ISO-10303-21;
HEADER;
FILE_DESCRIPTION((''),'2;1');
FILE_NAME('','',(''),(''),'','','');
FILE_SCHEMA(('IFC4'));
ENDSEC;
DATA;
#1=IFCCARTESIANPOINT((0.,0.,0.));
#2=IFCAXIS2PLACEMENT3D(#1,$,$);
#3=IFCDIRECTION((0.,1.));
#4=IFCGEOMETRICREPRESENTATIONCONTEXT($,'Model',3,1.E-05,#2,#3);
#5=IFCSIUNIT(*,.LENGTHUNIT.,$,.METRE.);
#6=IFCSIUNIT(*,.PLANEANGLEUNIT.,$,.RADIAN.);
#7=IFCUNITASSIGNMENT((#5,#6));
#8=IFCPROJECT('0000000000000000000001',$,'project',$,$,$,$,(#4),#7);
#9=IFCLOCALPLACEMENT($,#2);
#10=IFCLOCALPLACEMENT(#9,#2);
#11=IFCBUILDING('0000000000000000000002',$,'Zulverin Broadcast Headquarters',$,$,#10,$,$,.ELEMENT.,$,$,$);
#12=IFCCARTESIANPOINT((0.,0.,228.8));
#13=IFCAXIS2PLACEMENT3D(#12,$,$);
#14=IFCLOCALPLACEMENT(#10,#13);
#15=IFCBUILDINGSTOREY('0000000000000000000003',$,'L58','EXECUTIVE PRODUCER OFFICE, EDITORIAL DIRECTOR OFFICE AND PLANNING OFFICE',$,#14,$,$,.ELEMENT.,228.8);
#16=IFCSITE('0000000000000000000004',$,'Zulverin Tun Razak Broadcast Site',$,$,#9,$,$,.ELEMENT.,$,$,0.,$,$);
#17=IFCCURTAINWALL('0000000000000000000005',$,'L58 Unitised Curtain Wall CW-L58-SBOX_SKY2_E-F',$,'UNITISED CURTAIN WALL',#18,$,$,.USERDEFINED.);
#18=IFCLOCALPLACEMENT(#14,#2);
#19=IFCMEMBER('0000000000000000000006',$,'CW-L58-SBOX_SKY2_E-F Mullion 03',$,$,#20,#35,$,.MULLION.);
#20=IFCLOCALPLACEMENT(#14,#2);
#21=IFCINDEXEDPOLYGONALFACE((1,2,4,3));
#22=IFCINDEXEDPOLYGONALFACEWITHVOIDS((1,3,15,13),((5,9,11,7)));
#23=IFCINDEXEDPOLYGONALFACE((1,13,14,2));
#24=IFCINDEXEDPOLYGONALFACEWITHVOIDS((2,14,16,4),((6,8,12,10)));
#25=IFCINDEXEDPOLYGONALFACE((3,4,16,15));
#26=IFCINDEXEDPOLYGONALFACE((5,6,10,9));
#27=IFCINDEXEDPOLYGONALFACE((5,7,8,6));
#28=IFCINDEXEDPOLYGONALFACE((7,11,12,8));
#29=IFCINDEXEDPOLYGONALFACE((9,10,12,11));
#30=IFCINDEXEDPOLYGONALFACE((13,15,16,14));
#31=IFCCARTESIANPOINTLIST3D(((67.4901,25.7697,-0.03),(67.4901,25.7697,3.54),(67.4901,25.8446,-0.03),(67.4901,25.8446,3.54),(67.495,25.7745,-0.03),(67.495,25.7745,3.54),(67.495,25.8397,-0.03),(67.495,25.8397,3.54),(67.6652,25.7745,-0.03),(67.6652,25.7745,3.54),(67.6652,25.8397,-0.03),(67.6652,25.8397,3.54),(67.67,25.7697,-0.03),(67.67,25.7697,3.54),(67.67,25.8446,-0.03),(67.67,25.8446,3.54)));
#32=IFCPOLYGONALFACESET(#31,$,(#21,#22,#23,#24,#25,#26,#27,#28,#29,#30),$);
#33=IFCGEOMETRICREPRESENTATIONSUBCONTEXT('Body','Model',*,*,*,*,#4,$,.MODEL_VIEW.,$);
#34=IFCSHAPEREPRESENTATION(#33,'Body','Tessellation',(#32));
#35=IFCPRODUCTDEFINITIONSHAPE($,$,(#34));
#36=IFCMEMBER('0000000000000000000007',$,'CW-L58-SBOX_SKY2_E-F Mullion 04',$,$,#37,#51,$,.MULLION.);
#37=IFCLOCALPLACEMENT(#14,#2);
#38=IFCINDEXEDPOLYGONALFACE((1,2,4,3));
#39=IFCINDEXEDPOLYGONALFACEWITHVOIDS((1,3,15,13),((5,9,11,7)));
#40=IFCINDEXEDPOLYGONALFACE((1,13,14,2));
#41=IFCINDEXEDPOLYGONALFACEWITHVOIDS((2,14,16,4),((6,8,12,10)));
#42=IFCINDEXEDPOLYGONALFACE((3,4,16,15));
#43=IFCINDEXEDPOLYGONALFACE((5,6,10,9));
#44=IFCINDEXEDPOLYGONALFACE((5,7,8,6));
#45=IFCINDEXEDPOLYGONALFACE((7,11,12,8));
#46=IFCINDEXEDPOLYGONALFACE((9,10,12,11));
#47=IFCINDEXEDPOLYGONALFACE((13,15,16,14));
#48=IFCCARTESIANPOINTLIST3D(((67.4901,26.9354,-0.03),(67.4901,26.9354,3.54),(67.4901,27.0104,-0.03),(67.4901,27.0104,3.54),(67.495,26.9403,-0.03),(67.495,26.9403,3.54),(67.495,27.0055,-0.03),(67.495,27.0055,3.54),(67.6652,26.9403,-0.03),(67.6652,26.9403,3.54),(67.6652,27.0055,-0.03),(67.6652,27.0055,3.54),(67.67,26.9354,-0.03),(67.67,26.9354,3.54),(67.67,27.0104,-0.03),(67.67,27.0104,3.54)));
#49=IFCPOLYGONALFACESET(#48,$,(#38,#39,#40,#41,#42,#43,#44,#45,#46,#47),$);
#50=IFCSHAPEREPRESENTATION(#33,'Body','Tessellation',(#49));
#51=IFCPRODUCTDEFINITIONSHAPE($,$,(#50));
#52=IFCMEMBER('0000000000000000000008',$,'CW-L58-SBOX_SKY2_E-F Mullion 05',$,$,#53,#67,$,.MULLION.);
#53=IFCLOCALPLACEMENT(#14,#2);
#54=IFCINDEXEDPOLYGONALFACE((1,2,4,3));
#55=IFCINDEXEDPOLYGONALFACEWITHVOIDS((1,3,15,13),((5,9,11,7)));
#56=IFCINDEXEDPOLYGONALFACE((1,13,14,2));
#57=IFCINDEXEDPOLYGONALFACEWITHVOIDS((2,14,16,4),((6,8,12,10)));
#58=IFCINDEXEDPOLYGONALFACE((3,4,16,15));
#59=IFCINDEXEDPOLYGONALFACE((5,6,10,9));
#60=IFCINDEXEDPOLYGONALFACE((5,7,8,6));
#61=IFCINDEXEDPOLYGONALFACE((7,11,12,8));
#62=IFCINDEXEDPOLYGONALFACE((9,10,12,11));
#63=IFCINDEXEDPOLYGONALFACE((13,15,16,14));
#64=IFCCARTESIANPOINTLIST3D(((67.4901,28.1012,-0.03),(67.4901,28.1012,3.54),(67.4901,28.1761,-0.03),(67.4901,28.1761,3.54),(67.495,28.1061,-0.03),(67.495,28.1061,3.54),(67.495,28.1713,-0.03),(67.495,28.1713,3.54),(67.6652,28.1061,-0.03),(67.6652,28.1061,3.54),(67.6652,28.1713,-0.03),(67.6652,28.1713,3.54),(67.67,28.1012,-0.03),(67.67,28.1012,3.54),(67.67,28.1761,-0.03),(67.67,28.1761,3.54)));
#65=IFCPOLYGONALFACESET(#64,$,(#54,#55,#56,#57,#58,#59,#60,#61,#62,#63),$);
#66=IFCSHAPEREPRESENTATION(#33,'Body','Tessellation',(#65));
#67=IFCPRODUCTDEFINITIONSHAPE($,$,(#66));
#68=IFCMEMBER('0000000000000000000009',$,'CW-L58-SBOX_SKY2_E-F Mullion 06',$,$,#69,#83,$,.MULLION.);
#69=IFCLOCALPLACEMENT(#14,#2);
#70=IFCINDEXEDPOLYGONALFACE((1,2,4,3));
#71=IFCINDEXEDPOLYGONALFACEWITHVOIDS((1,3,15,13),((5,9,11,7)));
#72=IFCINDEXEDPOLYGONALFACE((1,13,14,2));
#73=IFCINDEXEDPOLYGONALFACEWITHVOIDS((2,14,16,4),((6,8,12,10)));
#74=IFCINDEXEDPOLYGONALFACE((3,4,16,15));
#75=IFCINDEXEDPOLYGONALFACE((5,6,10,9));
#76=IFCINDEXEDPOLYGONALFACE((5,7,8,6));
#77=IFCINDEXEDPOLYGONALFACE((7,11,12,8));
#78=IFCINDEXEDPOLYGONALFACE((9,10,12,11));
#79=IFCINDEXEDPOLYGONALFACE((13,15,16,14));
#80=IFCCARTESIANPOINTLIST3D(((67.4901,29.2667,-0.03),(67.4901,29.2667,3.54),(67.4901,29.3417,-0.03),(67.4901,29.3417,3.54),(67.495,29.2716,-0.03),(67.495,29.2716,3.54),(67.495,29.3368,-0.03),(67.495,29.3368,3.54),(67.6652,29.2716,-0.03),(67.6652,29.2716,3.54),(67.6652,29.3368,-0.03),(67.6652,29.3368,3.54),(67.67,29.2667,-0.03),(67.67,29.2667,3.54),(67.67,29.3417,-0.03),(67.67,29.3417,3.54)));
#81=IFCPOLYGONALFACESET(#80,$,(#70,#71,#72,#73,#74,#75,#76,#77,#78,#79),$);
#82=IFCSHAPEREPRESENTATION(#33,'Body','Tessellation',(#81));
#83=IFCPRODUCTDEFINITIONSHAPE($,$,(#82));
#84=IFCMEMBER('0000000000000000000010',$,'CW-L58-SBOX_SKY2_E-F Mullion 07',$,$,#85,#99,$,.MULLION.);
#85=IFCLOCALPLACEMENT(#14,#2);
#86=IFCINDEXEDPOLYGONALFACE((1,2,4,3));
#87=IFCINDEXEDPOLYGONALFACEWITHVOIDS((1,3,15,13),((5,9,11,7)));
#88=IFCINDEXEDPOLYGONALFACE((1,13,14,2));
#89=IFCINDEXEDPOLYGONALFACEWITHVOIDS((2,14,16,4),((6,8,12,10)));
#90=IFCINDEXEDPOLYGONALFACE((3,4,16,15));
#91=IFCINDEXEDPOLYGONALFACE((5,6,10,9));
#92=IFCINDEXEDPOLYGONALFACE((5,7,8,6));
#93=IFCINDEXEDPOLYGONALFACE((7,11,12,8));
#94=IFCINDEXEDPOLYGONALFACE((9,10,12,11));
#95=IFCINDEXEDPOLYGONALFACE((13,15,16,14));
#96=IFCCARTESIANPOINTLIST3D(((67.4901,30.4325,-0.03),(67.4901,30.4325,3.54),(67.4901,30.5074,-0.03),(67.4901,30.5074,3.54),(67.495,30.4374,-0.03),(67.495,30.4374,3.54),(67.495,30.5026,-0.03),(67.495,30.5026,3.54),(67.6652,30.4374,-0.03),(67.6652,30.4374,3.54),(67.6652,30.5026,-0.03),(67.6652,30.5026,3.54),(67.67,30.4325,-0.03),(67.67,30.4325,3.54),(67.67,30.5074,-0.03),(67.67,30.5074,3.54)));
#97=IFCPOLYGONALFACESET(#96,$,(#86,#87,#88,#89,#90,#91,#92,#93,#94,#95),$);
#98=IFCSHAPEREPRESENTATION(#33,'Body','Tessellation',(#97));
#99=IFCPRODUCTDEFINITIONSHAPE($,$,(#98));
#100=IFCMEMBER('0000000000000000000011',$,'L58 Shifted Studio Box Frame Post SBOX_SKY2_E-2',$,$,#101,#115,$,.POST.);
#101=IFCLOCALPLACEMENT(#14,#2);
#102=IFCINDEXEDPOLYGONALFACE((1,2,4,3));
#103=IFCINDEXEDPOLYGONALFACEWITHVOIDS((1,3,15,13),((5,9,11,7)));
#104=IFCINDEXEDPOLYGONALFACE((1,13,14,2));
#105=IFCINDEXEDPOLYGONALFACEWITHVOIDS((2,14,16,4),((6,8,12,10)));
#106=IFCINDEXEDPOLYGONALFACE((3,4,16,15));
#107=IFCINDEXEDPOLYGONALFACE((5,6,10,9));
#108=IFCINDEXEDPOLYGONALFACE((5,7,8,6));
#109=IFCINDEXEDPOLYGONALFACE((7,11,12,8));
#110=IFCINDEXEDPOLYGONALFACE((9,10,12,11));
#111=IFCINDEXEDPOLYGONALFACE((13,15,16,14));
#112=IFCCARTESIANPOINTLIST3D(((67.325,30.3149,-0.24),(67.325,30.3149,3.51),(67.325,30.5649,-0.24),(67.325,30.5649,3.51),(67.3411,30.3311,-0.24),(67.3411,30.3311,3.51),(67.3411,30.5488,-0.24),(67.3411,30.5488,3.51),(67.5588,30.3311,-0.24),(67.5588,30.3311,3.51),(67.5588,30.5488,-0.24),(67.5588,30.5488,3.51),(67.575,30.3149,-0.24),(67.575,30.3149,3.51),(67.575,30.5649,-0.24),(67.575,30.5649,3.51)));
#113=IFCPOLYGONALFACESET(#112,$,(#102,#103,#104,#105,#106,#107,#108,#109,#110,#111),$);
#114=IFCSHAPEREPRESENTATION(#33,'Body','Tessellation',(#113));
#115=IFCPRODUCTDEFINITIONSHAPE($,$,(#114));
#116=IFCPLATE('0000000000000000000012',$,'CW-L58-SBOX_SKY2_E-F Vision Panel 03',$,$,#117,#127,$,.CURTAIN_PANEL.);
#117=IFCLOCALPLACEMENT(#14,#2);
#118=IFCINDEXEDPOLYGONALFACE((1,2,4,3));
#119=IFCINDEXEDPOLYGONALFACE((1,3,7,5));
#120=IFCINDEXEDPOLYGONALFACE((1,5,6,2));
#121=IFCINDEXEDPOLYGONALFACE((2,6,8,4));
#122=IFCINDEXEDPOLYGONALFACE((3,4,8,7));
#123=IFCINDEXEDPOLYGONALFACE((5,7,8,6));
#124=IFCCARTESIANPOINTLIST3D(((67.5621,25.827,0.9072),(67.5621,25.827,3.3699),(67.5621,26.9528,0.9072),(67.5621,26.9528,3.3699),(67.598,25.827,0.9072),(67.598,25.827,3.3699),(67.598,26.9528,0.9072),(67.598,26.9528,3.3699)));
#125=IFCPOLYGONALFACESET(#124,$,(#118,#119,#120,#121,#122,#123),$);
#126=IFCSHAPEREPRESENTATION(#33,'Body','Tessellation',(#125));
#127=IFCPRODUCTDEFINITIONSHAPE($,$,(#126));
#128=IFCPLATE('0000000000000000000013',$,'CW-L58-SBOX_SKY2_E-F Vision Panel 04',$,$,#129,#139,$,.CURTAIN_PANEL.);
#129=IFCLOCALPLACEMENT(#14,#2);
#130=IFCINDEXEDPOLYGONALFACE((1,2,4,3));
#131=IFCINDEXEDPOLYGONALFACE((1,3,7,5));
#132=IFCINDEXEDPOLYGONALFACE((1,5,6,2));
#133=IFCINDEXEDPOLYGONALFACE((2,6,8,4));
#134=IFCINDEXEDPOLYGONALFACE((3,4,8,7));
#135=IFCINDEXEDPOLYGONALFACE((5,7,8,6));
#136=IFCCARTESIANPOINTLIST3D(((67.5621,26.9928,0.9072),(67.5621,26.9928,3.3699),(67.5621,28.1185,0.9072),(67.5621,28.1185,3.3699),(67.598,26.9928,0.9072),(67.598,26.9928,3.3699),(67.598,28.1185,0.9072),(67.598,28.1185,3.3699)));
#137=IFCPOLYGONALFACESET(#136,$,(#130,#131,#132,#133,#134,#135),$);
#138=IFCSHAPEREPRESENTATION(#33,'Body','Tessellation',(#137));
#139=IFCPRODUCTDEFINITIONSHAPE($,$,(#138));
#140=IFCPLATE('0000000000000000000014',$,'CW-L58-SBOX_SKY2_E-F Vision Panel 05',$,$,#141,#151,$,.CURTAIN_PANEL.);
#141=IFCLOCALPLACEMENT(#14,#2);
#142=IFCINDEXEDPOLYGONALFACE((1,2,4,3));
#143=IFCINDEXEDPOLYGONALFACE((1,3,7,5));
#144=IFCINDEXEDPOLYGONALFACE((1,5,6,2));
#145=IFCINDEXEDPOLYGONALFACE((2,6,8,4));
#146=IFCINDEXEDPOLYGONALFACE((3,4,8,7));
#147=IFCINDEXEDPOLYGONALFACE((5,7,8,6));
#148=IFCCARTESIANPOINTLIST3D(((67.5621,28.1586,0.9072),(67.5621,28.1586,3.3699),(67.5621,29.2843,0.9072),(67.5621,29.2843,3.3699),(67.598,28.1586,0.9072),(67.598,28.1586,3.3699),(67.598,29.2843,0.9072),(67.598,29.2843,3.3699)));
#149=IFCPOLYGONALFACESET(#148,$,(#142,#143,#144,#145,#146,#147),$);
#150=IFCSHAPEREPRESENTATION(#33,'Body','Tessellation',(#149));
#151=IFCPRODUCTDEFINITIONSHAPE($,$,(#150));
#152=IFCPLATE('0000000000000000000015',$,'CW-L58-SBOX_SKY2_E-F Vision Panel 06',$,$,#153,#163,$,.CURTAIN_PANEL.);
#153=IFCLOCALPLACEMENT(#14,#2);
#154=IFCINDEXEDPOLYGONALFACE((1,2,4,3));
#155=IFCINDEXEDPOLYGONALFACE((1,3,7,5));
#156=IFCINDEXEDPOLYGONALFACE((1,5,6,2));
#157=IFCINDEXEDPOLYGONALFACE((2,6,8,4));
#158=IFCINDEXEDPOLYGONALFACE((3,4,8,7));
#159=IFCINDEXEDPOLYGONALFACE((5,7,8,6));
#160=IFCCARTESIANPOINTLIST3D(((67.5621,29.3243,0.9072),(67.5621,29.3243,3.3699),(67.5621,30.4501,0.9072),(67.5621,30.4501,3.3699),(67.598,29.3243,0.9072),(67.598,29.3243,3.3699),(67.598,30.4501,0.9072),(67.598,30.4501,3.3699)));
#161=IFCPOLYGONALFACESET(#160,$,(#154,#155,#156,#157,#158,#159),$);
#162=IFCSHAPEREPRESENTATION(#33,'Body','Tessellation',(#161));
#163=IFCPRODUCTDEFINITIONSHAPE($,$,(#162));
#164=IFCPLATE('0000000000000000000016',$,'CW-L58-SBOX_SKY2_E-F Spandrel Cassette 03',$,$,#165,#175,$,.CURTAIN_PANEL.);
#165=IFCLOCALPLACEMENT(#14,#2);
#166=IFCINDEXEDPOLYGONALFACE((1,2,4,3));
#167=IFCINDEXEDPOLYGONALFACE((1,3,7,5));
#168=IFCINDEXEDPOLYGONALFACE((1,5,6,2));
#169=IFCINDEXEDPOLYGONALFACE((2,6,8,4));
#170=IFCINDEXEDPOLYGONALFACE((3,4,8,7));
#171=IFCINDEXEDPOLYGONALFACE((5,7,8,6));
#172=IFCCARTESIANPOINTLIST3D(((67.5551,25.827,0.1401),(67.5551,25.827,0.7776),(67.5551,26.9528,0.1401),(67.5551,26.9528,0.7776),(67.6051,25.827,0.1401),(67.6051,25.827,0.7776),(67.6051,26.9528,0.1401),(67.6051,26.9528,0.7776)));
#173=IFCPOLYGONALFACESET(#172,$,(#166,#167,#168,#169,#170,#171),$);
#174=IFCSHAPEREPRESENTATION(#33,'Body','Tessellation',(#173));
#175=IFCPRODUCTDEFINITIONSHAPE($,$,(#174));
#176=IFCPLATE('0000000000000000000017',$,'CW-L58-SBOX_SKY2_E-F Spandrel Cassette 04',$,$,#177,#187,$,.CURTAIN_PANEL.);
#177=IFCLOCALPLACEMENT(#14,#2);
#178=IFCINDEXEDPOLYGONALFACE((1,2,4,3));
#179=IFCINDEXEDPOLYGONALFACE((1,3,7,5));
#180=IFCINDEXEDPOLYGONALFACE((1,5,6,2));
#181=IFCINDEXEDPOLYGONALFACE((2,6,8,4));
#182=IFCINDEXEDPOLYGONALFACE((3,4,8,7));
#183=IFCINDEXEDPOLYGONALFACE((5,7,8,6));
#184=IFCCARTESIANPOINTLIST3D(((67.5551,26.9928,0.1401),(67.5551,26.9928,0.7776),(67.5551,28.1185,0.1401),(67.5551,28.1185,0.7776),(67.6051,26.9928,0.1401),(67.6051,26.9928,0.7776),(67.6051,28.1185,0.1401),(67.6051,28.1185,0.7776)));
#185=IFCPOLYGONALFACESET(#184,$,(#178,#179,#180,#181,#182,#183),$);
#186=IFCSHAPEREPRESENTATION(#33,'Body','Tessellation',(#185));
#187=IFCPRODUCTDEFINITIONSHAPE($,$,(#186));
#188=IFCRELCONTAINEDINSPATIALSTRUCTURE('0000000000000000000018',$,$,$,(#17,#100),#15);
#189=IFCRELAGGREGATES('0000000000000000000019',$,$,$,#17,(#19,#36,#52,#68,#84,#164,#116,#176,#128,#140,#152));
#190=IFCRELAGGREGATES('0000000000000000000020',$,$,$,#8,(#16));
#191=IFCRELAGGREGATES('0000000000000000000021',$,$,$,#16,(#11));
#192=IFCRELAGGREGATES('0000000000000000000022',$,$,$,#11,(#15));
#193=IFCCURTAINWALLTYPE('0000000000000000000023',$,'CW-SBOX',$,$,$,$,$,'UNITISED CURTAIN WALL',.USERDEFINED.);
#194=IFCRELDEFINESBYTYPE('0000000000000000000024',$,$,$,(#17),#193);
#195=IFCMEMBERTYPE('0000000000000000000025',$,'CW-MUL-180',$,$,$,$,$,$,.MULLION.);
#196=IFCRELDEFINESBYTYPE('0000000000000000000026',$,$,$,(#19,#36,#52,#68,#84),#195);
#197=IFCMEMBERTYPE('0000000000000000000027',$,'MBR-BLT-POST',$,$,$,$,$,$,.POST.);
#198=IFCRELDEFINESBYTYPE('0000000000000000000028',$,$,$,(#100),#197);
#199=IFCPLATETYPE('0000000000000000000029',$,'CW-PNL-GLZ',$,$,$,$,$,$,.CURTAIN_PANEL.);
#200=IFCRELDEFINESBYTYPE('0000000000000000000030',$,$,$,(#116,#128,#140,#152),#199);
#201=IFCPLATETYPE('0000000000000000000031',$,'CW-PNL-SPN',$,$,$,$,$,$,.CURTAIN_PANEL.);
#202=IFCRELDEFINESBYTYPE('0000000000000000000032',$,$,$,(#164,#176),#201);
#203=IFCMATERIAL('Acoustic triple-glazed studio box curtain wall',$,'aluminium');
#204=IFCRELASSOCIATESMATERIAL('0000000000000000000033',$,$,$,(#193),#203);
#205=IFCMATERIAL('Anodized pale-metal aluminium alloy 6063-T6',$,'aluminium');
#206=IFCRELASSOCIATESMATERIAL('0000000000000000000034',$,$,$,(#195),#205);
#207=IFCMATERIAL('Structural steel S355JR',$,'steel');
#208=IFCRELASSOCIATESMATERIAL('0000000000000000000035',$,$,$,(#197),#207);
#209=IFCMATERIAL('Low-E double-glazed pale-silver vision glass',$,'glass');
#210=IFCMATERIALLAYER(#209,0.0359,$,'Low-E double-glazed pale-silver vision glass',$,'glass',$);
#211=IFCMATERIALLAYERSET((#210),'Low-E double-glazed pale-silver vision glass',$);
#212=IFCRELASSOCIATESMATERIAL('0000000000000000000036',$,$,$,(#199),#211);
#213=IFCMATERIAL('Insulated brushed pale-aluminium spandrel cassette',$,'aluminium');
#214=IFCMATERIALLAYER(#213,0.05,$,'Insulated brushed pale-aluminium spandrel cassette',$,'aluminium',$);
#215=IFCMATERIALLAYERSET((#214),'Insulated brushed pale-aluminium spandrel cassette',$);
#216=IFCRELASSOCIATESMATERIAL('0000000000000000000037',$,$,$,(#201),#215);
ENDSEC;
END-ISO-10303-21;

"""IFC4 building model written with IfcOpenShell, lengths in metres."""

from ifc_helpers import new_model, si_unit, direction, frame, origin, origin_2d, place, context, subcontext, project, spatial, rectangle, hollow_rectangle, extrude, material, layer, layer_set, material_profile, profile_set, type_object, element, aggregate, save


model = new_model("IFC4")

# Units and contexts
model_context = context("Model", 3, precision=1e-05, world=origin(), true_north=direction((0.0, 1.0)))
body_context = subcontext(model_context, "Body", "Model", "MODEL_VIEW")
ifc_project = project(units=[si_unit("LENGTHUNIT", "METRE"), si_unit("PLANEANGLEUNIT", "RADIAN")], contexts=[model_context])

# Site, building, storey
site_placement = place(None, origin())
site = spatial("IfcSite", under=ifc_project, at=site_placement, Name="Zulverin Tun Razak Broadcast Site", CompositionType="ELEMENT", RefElevation=0.0)
building_placement = place(site_placement, origin())
building = spatial("IfcBuilding", under=site, at=building_placement, Name="Zulverin Broadcast Headquarters", CompositionType="ELEMENT")
storey_placement = place(building_placement, frame((0.0, 0.0, 228.8)))
storey = spatial("IfcBuildingStorey", under=building, at=storey_placement, Name="L58", Description="EXECUTIVE PRODUCER OFFICE, EDITORIAL DIRECTOR OFFICE AND PLANNING OFFICE", CompositionType="ELEMENT", Elevation=228.8)

# Curtain wall, members
ifc_material_1 = material(Name="Acoustic triple-glazed studio box curtain wall", Category="aluminium")
curtain_wall_type = type_object("IfcCurtainWallType", Name="CW-SBOX", ElementType="UNITISED CURTAIN WALL", PredefinedType="USERDEFINED", material=ifc_material_1)
curtain_wall_placement = place(storey_placement, origin())
curtain_wall = element("IfcCurtainWall", 1, at=curtain_wall_placement, inside=storey, type_object=curtain_wall_type, Name="L58 Unitised Curtain Wall CW-L58-SBOX_SKY2_E-F", ObjectType="UNITISED CURTAIN WALL", PredefinedType="USERDEFINED")
ifc_material_2 = material(Name="Anodized pale-metal aluminium alloy 6063-T6", Category="aluminium")
ifc_material_profile_1 = material_profile(ifc_material_2, hollow_rectangle(XDim=0.075, YDim=0.1799, WallThickness=0.0049, at=origin_2d()), Name="Anodized pale-metal aluminium alloy 6063-T6", Category="aluminium")
ifc_profile_set_1 = profile_set([ifc_material_profile_1], Name="Anodized pale-metal aluminium alloy 6063-T6")
member_type_1 = type_object("IfcMemberType", Name="CW-MUL-180", PredefinedType="MULLION", material=ifc_profile_set_1)
member_1_placement = place(storey_placement, frame((67.5801, 25.8071, -0.03), z_axis=(0.0, 0.0, 1.0), x_axis=(0.0, 1.0, 0.0)))
member_1 = element("IfcMember", 2, at=member_1_placement, type_object=member_type_1, Name="CW-L58-SBOX_SKY2_E-F Mullion 03", PredefinedType="MULLION", context=body_context, shape_type="SweptSolid", body=[
    extrude(hollow_rectangle(XDim=0.075, YDim=0.1799, WallThickness=0.0049, at=origin_2d()), origin(), (0.0, 0.0, 1.0), 3.5701),
])
member_2_placement = place(storey_placement, frame((67.5801, 26.9729, -0.03), z_axis=(0.0, 0.0, 1.0), x_axis=(0.0, 1.0, 0.0)))
member_2 = element("IfcMember", 3, at=member_2_placement, type_object=member_type_1, Name="CW-L58-SBOX_SKY2_E-F Mullion 04", PredefinedType="MULLION", context=body_context, shape_type="SweptSolid", body=[
    extrude(hollow_rectangle(XDim=0.075, YDim=0.1799, WallThickness=0.0049, at=origin_2d()), origin(), (0.0, 0.0, 1.0), 3.5701),
])
member_3_placement = place(storey_placement, frame((67.5801, 28.1387, -0.03), z_axis=(0.0, 0.0, 1.0), x_axis=(0.0, 1.0, 0.0)))
member_3 = element("IfcMember", 4, at=member_3_placement, type_object=member_type_1, Name="CW-L58-SBOX_SKY2_E-F Mullion 05", PredefinedType="MULLION", context=body_context, shape_type="SweptSolid", body=[
    extrude(hollow_rectangle(XDim=0.075, YDim=0.1799, WallThickness=0.0049, at=origin_2d()), origin(), (0.0, 0.0, 1.0), 3.5701),
])
member_4_placement = place(storey_placement, frame((67.5801, 29.3042, -0.03), z_axis=(0.0, 0.0, 1.0), x_axis=(0.0, 1.0, 0.0)))
member_4 = element("IfcMember", 5, at=member_4_placement, type_object=member_type_1, Name="CW-L58-SBOX_SKY2_E-F Mullion 06", PredefinedType="MULLION", context=body_context, shape_type="SweptSolid", body=[
    extrude(hollow_rectangle(XDim=0.075, YDim=0.1799, WallThickness=0.0049, at=origin_2d()), origin(), (0.0, 0.0, 1.0), 3.5701),
])
member_5_placement = place(storey_placement, frame((67.5801, 30.47, -0.03), z_axis=(0.0, 0.0, 1.0), x_axis=(0.0, 1.0, 0.0)))
member_5 = element("IfcMember", 6, at=member_5_placement, type_object=member_type_1, Name="CW-L58-SBOX_SKY2_E-F Mullion 07", PredefinedType="MULLION", context=body_context, shape_type="SweptSolid", body=[
    extrude(hollow_rectangle(XDim=0.075, YDim=0.1799, WallThickness=0.0049, at=origin_2d()), origin(), (0.0, 0.0, 1.0), 3.5701),
])

# Member
ifc_material_3 = material(Name="Structural steel S355JR", Category="steel")
ifc_material_profile_2 = material_profile(ifc_material_3, hollow_rectangle(XDim=0.25, YDim=0.25, WallThickness=0.0161, at=origin_2d()), Name="Structural steel S355JR", Category="steel")
ifc_profile_set_2 = profile_set([ifc_material_profile_2], Name="Structural steel S355JR")
member_type_2 = type_object("IfcMemberType", Name="MBR-BLT-POST", PredefinedType="POST", material=ifc_profile_set_2)
member_6_placement = place(storey_placement, frame((67.45, 30.4399, -0.24), z_axis=(0.0, 0.0, 1.0), x_axis=(1.0, 0.0, 0.0)))
element("IfcMember", 7, at=member_6_placement, inside=storey, type_object=member_type_2, Name="L58 Shifted Studio Box Frame Post SBOX_SKY2_E-2", PredefinedType="POST", context=body_context, shape_type="SweptSolid", body=[
    extrude(hollow_rectangle(XDim=0.25, YDim=0.25, WallThickness=0.0161, at=origin_2d()), origin(), (0.0, 0.0, 1.0), 3.75),
])

# Plates
ifc_material_4 = material(Name="Low-E double-glazed pale-silver vision glass", Category="glass")
ifc_layer_1 = layer(ifc_material_4, 0.0359, Name="Low-E double-glazed pale-silver vision glass", Category="glass")
ifc_layer_set_1 = layer_set([ifc_layer_1], Name="Low-E double-glazed pale-silver vision glass")
plate_type_1 = type_object("IfcPlateType", Name="CW-PNL-GLZ", PredefinedType="CURTAIN_PANEL", material=ifc_layer_set_1)
plate_1_placement = place(storey_placement, frame((67.5801, 26.3899, 0.9072), z_axis=(0.0, 0.0, 1.0), x_axis=(0.0, 1.0, 0.0)))
plate_1 = element("IfcPlate", 8, at=plate_1_placement, type_object=plate_type_1, Name="CW-L58-SBOX_SKY2_E-F Vision Panel 03", PredefinedType="CURTAIN_PANEL", context=body_context, shape_type="SweptSolid", body=[
    extrude(rectangle(XDim=1.1257, YDim=0.0359, at=origin_2d()), origin(), (0.0, 0.0, 1.0), 2.4626),
])
plate_2_placement = place(storey_placement, frame((67.5801, 27.5557, 0.9072), z_axis=(0.0, 0.0, 1.0), x_axis=(0.0, 1.0, 0.0)))
plate_2 = element("IfcPlate", 9, at=plate_2_placement, type_object=plate_type_1, Name="CW-L58-SBOX_SKY2_E-F Vision Panel 04", PredefinedType="CURTAIN_PANEL", context=body_context, shape_type="SweptSolid", body=[
    extrude(rectangle(XDim=1.1257, YDim=0.0359, at=origin_2d()), origin(), (0.0, 0.0, 1.0), 2.4626),
])
plate_3_placement = place(storey_placement, frame((67.5801, 28.7214, 0.9072), z_axis=(0.0, 0.0, 1.0), x_axis=(0.0, 1.0, 0.0)))
plate_3 = element("IfcPlate", 10, at=plate_3_placement, type_object=plate_type_1, Name="CW-L58-SBOX_SKY2_E-F Vision Panel 05", PredefinedType="CURTAIN_PANEL", context=body_context, shape_type="SweptSolid", body=[
    extrude(rectangle(XDim=1.1257, YDim=0.0359, at=origin_2d()), origin(), (0.0, 0.0, 1.0), 2.4626),
])
plate_4_placement = place(storey_placement, frame((67.5801, 29.8872, 0.9072), z_axis=(0.0, 0.0, 1.0), x_axis=(0.0, 1.0, 0.0)))
plate_4 = element("IfcPlate", 11, at=plate_4_placement, type_object=plate_type_1, Name="CW-L58-SBOX_SKY2_E-F Vision Panel 06", PredefinedType="CURTAIN_PANEL", context=body_context, shape_type="SweptSolid", body=[
    extrude(rectangle(XDim=1.1257, YDim=0.0359, at=origin_2d()), origin(), (0.0, 0.0, 1.0), 2.4626),
])
ifc_material_5 = material(Name="Insulated brushed pale-aluminium spandrel cassette", Category="aluminium")
ifc_layer_2 = layer(ifc_material_5, 0.05, Name="Insulated brushed pale-aluminium spandrel cassette", Category="aluminium")
ifc_layer_set_2 = layer_set([ifc_layer_2], Name="Insulated brushed pale-aluminium spandrel cassette")
plate_type_2 = type_object("IfcPlateType", Name="CW-PNL-SPN", PredefinedType="CURTAIN_PANEL", material=ifc_layer_set_2)
plate_5_placement = place(storey_placement, frame((67.5801, 26.3899, 0.1401), z_axis=(0.0, 0.0, 1.0), x_axis=(0.0, 1.0, 0.0)))
plate_5 = element("IfcPlate", 12, at=plate_5_placement, type_object=plate_type_2, Name="CW-L58-SBOX_SKY2_E-F Spandrel Cassette 03", PredefinedType="CURTAIN_PANEL", context=body_context, shape_type="SweptSolid", body=[
    extrude(rectangle(XDim=1.1257, YDim=0.05, at=origin_2d()), origin(), (0.0, 0.0, 1.0), 0.6375),
])
plate_6_placement = place(storey_placement, frame((67.5801, 27.5557, 0.1401), z_axis=(0.0, 0.0, 1.0), x_axis=(0.0, 1.0, 0.0)))
plate_6 = element("IfcPlate", 13, at=plate_6_placement, type_object=plate_type_2, Name="CW-L58-SBOX_SKY2_E-F Spandrel Cassette 04", PredefinedType="CURTAIN_PANEL", context=body_context, shape_type="SweptSolid", body=[
    extrude(rectangle(XDim=1.1257, YDim=0.05, at=origin_2d()), origin(), (0.0, 0.0, 1.0), 0.6375),
])
aggregate(curtain_wall, [member_1, member_2, member_3, member_4, member_5, plate_5, plate_1, plate_6, plate_2, plate_3, plate_4])

save(model, "model.ifc")
